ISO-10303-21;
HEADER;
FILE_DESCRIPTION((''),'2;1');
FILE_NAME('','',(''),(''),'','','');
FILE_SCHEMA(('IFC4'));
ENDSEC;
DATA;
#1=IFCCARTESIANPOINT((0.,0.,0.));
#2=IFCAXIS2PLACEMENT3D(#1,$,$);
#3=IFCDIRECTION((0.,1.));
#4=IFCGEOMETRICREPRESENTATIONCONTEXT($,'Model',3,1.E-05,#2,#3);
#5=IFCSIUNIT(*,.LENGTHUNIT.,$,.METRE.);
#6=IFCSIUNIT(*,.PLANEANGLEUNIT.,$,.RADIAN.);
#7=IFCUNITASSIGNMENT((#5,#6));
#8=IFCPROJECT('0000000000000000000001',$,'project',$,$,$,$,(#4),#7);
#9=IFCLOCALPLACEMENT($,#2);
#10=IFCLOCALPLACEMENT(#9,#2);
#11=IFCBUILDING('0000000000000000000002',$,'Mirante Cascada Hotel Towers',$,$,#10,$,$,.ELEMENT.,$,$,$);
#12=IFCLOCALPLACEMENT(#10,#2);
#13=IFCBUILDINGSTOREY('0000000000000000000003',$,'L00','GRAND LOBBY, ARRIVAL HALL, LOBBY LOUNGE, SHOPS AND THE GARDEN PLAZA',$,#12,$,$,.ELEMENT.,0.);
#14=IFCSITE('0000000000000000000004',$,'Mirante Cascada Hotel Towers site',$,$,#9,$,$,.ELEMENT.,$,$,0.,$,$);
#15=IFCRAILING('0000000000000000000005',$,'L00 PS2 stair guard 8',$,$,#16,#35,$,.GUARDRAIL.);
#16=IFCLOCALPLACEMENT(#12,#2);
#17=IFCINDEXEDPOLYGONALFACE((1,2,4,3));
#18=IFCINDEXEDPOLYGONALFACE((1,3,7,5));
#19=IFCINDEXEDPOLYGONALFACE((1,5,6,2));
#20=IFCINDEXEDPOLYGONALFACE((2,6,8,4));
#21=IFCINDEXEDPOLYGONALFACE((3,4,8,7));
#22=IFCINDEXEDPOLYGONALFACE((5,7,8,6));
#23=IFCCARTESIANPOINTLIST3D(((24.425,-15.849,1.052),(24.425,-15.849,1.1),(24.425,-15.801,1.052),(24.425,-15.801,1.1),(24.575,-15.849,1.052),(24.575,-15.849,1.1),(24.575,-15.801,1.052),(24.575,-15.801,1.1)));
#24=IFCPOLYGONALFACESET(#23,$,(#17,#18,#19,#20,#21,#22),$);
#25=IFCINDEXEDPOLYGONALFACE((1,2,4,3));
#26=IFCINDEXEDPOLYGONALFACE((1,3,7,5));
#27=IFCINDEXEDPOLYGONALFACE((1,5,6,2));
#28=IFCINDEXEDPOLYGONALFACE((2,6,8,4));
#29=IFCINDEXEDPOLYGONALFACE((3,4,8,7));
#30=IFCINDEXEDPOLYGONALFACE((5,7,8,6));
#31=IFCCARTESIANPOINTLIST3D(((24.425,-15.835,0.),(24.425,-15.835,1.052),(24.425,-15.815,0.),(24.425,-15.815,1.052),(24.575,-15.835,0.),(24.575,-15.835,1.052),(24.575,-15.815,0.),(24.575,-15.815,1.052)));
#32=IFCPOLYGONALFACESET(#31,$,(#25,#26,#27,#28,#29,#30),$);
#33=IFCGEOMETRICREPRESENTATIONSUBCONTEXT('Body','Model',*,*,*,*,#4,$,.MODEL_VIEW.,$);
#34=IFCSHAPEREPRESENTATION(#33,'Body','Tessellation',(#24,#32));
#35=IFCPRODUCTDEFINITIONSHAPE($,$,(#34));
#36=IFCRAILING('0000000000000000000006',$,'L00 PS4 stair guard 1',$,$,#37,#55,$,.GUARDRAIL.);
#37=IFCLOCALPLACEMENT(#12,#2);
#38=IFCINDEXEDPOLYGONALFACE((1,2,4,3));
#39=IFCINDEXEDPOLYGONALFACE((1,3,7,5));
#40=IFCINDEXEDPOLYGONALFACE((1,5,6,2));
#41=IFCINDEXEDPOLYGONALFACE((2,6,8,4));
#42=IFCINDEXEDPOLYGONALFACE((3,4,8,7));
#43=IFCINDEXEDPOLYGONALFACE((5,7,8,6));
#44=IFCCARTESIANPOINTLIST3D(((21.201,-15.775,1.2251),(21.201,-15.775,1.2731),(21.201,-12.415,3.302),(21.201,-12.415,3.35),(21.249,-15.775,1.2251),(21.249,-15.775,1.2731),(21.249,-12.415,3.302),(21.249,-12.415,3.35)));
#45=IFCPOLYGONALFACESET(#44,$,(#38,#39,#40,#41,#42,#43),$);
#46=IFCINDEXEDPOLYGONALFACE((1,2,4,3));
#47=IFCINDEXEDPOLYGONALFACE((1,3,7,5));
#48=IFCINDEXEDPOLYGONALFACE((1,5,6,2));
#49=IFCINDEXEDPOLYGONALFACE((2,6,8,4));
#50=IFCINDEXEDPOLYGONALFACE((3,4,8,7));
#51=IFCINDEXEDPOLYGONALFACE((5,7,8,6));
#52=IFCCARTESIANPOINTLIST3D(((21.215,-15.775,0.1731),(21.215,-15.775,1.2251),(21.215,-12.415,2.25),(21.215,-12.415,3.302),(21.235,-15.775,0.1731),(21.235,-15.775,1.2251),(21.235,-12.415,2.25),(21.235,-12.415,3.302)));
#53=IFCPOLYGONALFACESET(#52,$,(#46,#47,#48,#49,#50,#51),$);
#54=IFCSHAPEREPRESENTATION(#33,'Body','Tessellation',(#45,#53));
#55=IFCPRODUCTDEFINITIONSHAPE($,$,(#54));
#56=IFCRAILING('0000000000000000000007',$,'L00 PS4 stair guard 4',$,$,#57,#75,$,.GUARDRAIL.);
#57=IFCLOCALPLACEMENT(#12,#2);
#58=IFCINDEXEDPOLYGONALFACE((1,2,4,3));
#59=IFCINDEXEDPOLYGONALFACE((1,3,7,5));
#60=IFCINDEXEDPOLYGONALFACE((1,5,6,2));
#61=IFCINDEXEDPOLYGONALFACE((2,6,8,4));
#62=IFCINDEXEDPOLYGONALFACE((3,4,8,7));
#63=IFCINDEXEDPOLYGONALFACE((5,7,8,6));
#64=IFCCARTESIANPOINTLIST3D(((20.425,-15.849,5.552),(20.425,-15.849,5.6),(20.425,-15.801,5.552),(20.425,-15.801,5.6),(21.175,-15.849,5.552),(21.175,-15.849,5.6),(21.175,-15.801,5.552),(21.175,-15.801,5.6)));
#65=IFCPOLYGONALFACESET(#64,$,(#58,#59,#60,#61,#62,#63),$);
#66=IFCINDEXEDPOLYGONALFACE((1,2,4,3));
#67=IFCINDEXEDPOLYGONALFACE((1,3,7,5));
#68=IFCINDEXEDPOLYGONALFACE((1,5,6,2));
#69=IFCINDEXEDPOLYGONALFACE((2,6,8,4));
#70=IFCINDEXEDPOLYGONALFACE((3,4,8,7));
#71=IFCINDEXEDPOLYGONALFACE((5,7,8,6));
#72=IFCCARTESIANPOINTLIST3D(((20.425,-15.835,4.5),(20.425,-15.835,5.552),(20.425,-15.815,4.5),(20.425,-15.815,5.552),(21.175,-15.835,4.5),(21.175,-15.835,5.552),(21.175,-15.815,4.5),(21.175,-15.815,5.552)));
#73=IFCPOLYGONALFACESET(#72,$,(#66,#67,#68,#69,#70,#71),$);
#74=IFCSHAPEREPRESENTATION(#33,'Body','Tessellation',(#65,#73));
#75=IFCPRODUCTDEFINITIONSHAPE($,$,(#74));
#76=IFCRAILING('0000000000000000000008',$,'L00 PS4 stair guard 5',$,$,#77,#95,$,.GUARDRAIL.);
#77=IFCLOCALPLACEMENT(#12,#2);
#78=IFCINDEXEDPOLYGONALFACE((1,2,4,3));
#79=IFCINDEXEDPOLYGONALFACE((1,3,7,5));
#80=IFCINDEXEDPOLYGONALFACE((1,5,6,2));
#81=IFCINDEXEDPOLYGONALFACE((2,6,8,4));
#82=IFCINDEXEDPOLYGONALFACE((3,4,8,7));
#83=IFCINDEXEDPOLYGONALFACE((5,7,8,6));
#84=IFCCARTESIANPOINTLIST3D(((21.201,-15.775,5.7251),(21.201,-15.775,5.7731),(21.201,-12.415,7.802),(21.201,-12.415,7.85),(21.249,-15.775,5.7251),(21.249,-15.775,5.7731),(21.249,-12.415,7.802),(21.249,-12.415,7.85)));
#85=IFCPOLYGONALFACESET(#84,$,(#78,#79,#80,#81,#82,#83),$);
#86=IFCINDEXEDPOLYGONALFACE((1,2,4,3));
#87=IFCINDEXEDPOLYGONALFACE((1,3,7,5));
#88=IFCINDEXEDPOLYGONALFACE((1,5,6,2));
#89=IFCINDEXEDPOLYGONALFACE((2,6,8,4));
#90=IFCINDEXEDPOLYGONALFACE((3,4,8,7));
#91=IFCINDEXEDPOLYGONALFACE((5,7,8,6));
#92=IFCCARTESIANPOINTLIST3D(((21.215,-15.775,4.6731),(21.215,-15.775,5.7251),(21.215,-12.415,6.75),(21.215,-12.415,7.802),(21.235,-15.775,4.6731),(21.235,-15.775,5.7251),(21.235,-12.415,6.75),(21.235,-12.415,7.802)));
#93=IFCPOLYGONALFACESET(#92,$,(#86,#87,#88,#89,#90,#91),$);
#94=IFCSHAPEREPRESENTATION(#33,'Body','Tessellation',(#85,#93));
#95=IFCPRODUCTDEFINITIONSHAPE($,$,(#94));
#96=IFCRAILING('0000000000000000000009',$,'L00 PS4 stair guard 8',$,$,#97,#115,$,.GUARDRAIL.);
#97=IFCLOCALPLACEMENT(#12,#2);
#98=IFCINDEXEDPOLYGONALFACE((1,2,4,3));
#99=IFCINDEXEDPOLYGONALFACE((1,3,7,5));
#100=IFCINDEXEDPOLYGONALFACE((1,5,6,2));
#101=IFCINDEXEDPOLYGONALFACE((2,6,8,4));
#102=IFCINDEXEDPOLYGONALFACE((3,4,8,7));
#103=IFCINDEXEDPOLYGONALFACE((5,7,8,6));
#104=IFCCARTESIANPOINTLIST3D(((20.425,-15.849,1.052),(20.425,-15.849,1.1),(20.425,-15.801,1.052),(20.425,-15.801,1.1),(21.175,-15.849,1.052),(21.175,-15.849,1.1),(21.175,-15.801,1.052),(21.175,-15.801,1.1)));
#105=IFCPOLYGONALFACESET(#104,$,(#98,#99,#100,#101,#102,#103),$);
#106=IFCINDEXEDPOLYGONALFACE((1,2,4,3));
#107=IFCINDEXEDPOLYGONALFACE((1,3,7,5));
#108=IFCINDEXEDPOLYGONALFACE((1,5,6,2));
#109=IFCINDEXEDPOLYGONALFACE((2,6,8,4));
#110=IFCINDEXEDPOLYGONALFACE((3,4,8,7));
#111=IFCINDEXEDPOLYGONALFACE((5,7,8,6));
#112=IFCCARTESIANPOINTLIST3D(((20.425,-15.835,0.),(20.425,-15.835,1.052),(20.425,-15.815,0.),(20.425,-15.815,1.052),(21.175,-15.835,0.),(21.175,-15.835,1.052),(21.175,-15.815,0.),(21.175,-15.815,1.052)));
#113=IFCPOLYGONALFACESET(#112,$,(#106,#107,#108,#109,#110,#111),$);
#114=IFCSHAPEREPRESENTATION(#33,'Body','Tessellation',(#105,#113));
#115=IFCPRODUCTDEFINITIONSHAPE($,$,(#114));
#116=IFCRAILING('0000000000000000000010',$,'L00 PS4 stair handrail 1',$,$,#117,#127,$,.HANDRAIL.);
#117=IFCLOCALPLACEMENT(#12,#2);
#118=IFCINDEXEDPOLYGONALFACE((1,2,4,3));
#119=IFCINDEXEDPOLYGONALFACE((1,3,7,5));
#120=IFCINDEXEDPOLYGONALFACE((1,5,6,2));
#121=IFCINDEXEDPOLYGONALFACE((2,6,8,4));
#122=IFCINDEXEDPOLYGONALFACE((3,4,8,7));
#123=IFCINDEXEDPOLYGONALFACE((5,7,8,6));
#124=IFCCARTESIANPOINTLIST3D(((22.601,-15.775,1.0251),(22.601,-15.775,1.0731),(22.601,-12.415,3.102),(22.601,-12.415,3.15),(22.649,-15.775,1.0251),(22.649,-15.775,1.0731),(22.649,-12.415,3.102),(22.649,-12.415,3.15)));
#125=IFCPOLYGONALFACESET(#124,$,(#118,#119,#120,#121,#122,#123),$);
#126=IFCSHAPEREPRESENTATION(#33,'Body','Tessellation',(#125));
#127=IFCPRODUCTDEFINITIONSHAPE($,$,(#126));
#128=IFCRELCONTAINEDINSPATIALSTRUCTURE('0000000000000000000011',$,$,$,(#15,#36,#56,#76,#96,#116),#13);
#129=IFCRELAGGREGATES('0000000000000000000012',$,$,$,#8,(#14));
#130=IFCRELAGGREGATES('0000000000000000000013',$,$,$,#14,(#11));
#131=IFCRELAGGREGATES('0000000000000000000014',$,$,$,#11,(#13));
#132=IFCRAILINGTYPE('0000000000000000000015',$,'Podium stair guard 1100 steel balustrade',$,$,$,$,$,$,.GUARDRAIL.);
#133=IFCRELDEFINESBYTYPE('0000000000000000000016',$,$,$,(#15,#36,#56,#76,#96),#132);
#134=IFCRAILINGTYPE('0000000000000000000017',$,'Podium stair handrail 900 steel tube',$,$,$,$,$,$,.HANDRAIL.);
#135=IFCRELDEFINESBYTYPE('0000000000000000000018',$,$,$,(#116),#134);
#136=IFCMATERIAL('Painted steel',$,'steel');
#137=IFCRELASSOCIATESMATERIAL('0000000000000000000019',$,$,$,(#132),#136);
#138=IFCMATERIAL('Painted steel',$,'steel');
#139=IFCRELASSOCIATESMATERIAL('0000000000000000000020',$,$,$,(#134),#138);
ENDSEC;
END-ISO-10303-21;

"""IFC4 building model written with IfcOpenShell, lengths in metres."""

from ifc_helpers import new_model, si_unit, direction, frame, origin, origin_2d, place, context, subcontext, project, spatial, rectangle, extrude, material, type_object, element, save


model = new_model("IFC4")

# Units and contexts
model_context = context("Model", 3, precision=1e-05, world=origin(), true_north=direction((0.0, 1.0)))
body_context = subcontext(model_context, "Body", "Model", "MODEL_VIEW")
ifc_project = project(units=[si_unit("LENGTHUNIT", "METRE"), si_unit("PLANEANGLEUNIT", "RADIAN")], contexts=[model_context])

# Site, building, storey
site_placement = place(None, origin())
site = spatial("IfcSite", under=ifc_project, at=site_placement, Name="Mirante Cascada Hotel Towers site", CompositionType="ELEMENT", RefElevation=0.0)
building_placement = place(site_placement, origin())
building = spatial("IfcBuilding", under=site, at=building_placement, Name="Mirante Cascada Hotel Towers", CompositionType="ELEMENT")
storey_placement = place(building_placement, origin())
storey = spatial("IfcBuildingStorey", under=building, at=storey_placement, Name="L00", Description="GRAND LOBBY, ARRIVAL HALL, LOBBY LOUNGE, SHOPS AND THE GARDEN PLAZA", CompositionType="ELEMENT", Elevation=0.0)

# Railings
ifc_material_1 = material(Name="Painted steel", Category="steel")
railing_type_1 = type_object("IfcRailingType", Name="Podium stair guard 1100 steel balustrade", PredefinedType="GUARDRAIL", material=ifc_material_1)
for number, where, name in (
    (1, (24.575, -15.825, 0.0), "L00 PS2 stair guard 8"),
):
    element("IfcRailing", number, at=place(storey_placement, frame(where)), inside=storey, type_object=railing_type_1, Name=name, PredefinedType="GUARDRAIL", context=body_context, shape_type="SweptSolid", body=[
        extrude(rectangle(XDim=0.048, YDim=0.048, at=origin_2d()), frame((0.0, 0.0, 1.076), z_axis=(-1.0, 0.0, 0.0), x_axis=(0.0, -1.0, 0.0)), (0.0, 0.0, 1.0), 0.15),
        extrude(rectangle(XDim=0.02, YDim=1.052, at=origin_2d()), frame((0.0, 0.0, 0.526), z_axis=(-1.0, 0.0, 0.0), x_axis=(0.0, -1.0, 0.0)), (0.0, 0.0, 1.0), 0.15),
    ])
railing_1_placement = place(storey_placement, frame((21.225, -15.775, 0.1731)))
element("IfcRailing", 2, at=railing_1_placement, inside=storey, type_object=railing_type_1, Name="L00 PS4 stair guard 1", PredefinedType="GUARDRAIL", context=body_context, shape_type="SweptSolid", body=[
    extrude(rectangle(XDim=0.048, YDim=0.048, at=origin_2d()), frame((0.0, 0.0, 1.076), z_axis=(0.0, 1.0, 0.0), x_axis=(-1.0, 0.0, 0.0)), (0.0, 0.525787, 0.850616), 3.9501),
    extrude(rectangle(XDim=0.02, YDim=1.052, at=origin_2d()), frame((0.0, 0.0, 0.526), z_axis=(0.0, 1.0, 0.0), x_axis=(-1.0, 0.0, 0.0)), (0.0, 0.525787, 0.850616), 3.9501),
])
railing_2_placement = place(storey_placement, frame((21.175, -15.825, 4.5)))
element("IfcRailing", 3, at=railing_2_placement, inside=storey, type_object=railing_type_1, Name="L00 PS4 stair guard 4", PredefinedType="GUARDRAIL", context=body_context, shape_type="SweptSolid", body=[
    extrude(rectangle(XDim=0.048, YDim=0.048, at=origin_2d()), frame((0.0, 0.0, 1.076), z_axis=(-1.0, 0.0, 0.0), x_axis=(0.0, -1.0, 0.0)), (0.0, 0.0, 1.0), 0.75),
    extrude(rectangle(XDim=0.02, YDim=1.052, at=origin_2d()), frame((0.0, 0.0, 0.526), z_axis=(-1.0, 0.0, 0.0), x_axis=(0.0, -1.0, 0.0)), (0.0, 0.0, 1.0), 0.75),
])
railing_3_placement = place(storey_placement, frame((21.225, -15.775, 4.6731)))
element("IfcRailing", 4, at=railing_3_placement, inside=storey, type_object=railing_type_1, Name="L00 PS4 stair guard 5", PredefinedType="GUARDRAIL", context=body_context, shape_type="SweptSolid", body=[
    extrude(rectangle(XDim=0.048, YDim=0.048, at=origin_2d()), frame((0.0, 0.0, 1.076), z_axis=(0.0, 1.0, 0.0), x_axis=(-1.0, 0.0, 0.0)), (0.0, 0.525787, 0.850616), 3.9501),
    extrude(rectangle(XDim=0.02, YDim=1.052, at=origin_2d()), frame((0.0, 0.0, 0.526), z_axis=(0.0, 1.0, 0.0), x_axis=(-1.0, 0.0, 0.0)), (0.0, 0.525787, 0.850616), 3.9501),
])
railing_4_placement = place(storey_placement, frame((21.175, -15.825, 0.0)))
element("IfcRailing", 5, at=railing_4_placement, inside=storey, type_object=railing_type_1, Name="L00 PS4 stair guard 8", PredefinedType="GUARDRAIL", context=body_context, shape_type="SweptSolid", body=[
    extrude(rectangle(XDim=0.048, YDim=0.048, at=origin_2d()), frame((0.0, 0.0, 1.076), z_axis=(-1.0, 0.0, 0.0), x_axis=(0.0, -1.0, 0.0)), (0.0, 0.0, 1.0), 0.75),
    extrude(rectangle(XDim=0.02, YDim=1.052, at=origin_2d()), frame((0.0, 0.0, 0.526), z_axis=(-1.0, 0.0, 0.0), x_axis=(0.0, -1.0, 0.0)), (0.0, 0.0, 1.0), 0.75),
])
ifc_material_2 = material(Name="Painted steel", Category="steel")
railing_type_2 = type_object("IfcRailingType", Name="Podium stair handrail 900 steel tube", PredefinedType="HANDRAIL", material=ifc_material_2)
railing_5_placement = place(storey_placement, frame((22.625, -15.775, 0.1731)))
element("IfcRailing", 6, at=railing_5_placement, inside=storey, type_object=railing_type_2, Name="L00 PS4 stair handrail 1", PredefinedType="HANDRAIL", context=body_context, shape_type="SweptSolid", body=[
    extrude(rectangle(XDim=0.048, YDim=0.048, at=origin_2d()), frame((0.0, 0.0, 0.876), z_axis=(0.0, 1.0, 0.0), x_axis=(-1.0, 0.0, 0.0)), (0.0, 0.525787, 0.850616), 3.9501),
])

save(model, "model.ifc")
